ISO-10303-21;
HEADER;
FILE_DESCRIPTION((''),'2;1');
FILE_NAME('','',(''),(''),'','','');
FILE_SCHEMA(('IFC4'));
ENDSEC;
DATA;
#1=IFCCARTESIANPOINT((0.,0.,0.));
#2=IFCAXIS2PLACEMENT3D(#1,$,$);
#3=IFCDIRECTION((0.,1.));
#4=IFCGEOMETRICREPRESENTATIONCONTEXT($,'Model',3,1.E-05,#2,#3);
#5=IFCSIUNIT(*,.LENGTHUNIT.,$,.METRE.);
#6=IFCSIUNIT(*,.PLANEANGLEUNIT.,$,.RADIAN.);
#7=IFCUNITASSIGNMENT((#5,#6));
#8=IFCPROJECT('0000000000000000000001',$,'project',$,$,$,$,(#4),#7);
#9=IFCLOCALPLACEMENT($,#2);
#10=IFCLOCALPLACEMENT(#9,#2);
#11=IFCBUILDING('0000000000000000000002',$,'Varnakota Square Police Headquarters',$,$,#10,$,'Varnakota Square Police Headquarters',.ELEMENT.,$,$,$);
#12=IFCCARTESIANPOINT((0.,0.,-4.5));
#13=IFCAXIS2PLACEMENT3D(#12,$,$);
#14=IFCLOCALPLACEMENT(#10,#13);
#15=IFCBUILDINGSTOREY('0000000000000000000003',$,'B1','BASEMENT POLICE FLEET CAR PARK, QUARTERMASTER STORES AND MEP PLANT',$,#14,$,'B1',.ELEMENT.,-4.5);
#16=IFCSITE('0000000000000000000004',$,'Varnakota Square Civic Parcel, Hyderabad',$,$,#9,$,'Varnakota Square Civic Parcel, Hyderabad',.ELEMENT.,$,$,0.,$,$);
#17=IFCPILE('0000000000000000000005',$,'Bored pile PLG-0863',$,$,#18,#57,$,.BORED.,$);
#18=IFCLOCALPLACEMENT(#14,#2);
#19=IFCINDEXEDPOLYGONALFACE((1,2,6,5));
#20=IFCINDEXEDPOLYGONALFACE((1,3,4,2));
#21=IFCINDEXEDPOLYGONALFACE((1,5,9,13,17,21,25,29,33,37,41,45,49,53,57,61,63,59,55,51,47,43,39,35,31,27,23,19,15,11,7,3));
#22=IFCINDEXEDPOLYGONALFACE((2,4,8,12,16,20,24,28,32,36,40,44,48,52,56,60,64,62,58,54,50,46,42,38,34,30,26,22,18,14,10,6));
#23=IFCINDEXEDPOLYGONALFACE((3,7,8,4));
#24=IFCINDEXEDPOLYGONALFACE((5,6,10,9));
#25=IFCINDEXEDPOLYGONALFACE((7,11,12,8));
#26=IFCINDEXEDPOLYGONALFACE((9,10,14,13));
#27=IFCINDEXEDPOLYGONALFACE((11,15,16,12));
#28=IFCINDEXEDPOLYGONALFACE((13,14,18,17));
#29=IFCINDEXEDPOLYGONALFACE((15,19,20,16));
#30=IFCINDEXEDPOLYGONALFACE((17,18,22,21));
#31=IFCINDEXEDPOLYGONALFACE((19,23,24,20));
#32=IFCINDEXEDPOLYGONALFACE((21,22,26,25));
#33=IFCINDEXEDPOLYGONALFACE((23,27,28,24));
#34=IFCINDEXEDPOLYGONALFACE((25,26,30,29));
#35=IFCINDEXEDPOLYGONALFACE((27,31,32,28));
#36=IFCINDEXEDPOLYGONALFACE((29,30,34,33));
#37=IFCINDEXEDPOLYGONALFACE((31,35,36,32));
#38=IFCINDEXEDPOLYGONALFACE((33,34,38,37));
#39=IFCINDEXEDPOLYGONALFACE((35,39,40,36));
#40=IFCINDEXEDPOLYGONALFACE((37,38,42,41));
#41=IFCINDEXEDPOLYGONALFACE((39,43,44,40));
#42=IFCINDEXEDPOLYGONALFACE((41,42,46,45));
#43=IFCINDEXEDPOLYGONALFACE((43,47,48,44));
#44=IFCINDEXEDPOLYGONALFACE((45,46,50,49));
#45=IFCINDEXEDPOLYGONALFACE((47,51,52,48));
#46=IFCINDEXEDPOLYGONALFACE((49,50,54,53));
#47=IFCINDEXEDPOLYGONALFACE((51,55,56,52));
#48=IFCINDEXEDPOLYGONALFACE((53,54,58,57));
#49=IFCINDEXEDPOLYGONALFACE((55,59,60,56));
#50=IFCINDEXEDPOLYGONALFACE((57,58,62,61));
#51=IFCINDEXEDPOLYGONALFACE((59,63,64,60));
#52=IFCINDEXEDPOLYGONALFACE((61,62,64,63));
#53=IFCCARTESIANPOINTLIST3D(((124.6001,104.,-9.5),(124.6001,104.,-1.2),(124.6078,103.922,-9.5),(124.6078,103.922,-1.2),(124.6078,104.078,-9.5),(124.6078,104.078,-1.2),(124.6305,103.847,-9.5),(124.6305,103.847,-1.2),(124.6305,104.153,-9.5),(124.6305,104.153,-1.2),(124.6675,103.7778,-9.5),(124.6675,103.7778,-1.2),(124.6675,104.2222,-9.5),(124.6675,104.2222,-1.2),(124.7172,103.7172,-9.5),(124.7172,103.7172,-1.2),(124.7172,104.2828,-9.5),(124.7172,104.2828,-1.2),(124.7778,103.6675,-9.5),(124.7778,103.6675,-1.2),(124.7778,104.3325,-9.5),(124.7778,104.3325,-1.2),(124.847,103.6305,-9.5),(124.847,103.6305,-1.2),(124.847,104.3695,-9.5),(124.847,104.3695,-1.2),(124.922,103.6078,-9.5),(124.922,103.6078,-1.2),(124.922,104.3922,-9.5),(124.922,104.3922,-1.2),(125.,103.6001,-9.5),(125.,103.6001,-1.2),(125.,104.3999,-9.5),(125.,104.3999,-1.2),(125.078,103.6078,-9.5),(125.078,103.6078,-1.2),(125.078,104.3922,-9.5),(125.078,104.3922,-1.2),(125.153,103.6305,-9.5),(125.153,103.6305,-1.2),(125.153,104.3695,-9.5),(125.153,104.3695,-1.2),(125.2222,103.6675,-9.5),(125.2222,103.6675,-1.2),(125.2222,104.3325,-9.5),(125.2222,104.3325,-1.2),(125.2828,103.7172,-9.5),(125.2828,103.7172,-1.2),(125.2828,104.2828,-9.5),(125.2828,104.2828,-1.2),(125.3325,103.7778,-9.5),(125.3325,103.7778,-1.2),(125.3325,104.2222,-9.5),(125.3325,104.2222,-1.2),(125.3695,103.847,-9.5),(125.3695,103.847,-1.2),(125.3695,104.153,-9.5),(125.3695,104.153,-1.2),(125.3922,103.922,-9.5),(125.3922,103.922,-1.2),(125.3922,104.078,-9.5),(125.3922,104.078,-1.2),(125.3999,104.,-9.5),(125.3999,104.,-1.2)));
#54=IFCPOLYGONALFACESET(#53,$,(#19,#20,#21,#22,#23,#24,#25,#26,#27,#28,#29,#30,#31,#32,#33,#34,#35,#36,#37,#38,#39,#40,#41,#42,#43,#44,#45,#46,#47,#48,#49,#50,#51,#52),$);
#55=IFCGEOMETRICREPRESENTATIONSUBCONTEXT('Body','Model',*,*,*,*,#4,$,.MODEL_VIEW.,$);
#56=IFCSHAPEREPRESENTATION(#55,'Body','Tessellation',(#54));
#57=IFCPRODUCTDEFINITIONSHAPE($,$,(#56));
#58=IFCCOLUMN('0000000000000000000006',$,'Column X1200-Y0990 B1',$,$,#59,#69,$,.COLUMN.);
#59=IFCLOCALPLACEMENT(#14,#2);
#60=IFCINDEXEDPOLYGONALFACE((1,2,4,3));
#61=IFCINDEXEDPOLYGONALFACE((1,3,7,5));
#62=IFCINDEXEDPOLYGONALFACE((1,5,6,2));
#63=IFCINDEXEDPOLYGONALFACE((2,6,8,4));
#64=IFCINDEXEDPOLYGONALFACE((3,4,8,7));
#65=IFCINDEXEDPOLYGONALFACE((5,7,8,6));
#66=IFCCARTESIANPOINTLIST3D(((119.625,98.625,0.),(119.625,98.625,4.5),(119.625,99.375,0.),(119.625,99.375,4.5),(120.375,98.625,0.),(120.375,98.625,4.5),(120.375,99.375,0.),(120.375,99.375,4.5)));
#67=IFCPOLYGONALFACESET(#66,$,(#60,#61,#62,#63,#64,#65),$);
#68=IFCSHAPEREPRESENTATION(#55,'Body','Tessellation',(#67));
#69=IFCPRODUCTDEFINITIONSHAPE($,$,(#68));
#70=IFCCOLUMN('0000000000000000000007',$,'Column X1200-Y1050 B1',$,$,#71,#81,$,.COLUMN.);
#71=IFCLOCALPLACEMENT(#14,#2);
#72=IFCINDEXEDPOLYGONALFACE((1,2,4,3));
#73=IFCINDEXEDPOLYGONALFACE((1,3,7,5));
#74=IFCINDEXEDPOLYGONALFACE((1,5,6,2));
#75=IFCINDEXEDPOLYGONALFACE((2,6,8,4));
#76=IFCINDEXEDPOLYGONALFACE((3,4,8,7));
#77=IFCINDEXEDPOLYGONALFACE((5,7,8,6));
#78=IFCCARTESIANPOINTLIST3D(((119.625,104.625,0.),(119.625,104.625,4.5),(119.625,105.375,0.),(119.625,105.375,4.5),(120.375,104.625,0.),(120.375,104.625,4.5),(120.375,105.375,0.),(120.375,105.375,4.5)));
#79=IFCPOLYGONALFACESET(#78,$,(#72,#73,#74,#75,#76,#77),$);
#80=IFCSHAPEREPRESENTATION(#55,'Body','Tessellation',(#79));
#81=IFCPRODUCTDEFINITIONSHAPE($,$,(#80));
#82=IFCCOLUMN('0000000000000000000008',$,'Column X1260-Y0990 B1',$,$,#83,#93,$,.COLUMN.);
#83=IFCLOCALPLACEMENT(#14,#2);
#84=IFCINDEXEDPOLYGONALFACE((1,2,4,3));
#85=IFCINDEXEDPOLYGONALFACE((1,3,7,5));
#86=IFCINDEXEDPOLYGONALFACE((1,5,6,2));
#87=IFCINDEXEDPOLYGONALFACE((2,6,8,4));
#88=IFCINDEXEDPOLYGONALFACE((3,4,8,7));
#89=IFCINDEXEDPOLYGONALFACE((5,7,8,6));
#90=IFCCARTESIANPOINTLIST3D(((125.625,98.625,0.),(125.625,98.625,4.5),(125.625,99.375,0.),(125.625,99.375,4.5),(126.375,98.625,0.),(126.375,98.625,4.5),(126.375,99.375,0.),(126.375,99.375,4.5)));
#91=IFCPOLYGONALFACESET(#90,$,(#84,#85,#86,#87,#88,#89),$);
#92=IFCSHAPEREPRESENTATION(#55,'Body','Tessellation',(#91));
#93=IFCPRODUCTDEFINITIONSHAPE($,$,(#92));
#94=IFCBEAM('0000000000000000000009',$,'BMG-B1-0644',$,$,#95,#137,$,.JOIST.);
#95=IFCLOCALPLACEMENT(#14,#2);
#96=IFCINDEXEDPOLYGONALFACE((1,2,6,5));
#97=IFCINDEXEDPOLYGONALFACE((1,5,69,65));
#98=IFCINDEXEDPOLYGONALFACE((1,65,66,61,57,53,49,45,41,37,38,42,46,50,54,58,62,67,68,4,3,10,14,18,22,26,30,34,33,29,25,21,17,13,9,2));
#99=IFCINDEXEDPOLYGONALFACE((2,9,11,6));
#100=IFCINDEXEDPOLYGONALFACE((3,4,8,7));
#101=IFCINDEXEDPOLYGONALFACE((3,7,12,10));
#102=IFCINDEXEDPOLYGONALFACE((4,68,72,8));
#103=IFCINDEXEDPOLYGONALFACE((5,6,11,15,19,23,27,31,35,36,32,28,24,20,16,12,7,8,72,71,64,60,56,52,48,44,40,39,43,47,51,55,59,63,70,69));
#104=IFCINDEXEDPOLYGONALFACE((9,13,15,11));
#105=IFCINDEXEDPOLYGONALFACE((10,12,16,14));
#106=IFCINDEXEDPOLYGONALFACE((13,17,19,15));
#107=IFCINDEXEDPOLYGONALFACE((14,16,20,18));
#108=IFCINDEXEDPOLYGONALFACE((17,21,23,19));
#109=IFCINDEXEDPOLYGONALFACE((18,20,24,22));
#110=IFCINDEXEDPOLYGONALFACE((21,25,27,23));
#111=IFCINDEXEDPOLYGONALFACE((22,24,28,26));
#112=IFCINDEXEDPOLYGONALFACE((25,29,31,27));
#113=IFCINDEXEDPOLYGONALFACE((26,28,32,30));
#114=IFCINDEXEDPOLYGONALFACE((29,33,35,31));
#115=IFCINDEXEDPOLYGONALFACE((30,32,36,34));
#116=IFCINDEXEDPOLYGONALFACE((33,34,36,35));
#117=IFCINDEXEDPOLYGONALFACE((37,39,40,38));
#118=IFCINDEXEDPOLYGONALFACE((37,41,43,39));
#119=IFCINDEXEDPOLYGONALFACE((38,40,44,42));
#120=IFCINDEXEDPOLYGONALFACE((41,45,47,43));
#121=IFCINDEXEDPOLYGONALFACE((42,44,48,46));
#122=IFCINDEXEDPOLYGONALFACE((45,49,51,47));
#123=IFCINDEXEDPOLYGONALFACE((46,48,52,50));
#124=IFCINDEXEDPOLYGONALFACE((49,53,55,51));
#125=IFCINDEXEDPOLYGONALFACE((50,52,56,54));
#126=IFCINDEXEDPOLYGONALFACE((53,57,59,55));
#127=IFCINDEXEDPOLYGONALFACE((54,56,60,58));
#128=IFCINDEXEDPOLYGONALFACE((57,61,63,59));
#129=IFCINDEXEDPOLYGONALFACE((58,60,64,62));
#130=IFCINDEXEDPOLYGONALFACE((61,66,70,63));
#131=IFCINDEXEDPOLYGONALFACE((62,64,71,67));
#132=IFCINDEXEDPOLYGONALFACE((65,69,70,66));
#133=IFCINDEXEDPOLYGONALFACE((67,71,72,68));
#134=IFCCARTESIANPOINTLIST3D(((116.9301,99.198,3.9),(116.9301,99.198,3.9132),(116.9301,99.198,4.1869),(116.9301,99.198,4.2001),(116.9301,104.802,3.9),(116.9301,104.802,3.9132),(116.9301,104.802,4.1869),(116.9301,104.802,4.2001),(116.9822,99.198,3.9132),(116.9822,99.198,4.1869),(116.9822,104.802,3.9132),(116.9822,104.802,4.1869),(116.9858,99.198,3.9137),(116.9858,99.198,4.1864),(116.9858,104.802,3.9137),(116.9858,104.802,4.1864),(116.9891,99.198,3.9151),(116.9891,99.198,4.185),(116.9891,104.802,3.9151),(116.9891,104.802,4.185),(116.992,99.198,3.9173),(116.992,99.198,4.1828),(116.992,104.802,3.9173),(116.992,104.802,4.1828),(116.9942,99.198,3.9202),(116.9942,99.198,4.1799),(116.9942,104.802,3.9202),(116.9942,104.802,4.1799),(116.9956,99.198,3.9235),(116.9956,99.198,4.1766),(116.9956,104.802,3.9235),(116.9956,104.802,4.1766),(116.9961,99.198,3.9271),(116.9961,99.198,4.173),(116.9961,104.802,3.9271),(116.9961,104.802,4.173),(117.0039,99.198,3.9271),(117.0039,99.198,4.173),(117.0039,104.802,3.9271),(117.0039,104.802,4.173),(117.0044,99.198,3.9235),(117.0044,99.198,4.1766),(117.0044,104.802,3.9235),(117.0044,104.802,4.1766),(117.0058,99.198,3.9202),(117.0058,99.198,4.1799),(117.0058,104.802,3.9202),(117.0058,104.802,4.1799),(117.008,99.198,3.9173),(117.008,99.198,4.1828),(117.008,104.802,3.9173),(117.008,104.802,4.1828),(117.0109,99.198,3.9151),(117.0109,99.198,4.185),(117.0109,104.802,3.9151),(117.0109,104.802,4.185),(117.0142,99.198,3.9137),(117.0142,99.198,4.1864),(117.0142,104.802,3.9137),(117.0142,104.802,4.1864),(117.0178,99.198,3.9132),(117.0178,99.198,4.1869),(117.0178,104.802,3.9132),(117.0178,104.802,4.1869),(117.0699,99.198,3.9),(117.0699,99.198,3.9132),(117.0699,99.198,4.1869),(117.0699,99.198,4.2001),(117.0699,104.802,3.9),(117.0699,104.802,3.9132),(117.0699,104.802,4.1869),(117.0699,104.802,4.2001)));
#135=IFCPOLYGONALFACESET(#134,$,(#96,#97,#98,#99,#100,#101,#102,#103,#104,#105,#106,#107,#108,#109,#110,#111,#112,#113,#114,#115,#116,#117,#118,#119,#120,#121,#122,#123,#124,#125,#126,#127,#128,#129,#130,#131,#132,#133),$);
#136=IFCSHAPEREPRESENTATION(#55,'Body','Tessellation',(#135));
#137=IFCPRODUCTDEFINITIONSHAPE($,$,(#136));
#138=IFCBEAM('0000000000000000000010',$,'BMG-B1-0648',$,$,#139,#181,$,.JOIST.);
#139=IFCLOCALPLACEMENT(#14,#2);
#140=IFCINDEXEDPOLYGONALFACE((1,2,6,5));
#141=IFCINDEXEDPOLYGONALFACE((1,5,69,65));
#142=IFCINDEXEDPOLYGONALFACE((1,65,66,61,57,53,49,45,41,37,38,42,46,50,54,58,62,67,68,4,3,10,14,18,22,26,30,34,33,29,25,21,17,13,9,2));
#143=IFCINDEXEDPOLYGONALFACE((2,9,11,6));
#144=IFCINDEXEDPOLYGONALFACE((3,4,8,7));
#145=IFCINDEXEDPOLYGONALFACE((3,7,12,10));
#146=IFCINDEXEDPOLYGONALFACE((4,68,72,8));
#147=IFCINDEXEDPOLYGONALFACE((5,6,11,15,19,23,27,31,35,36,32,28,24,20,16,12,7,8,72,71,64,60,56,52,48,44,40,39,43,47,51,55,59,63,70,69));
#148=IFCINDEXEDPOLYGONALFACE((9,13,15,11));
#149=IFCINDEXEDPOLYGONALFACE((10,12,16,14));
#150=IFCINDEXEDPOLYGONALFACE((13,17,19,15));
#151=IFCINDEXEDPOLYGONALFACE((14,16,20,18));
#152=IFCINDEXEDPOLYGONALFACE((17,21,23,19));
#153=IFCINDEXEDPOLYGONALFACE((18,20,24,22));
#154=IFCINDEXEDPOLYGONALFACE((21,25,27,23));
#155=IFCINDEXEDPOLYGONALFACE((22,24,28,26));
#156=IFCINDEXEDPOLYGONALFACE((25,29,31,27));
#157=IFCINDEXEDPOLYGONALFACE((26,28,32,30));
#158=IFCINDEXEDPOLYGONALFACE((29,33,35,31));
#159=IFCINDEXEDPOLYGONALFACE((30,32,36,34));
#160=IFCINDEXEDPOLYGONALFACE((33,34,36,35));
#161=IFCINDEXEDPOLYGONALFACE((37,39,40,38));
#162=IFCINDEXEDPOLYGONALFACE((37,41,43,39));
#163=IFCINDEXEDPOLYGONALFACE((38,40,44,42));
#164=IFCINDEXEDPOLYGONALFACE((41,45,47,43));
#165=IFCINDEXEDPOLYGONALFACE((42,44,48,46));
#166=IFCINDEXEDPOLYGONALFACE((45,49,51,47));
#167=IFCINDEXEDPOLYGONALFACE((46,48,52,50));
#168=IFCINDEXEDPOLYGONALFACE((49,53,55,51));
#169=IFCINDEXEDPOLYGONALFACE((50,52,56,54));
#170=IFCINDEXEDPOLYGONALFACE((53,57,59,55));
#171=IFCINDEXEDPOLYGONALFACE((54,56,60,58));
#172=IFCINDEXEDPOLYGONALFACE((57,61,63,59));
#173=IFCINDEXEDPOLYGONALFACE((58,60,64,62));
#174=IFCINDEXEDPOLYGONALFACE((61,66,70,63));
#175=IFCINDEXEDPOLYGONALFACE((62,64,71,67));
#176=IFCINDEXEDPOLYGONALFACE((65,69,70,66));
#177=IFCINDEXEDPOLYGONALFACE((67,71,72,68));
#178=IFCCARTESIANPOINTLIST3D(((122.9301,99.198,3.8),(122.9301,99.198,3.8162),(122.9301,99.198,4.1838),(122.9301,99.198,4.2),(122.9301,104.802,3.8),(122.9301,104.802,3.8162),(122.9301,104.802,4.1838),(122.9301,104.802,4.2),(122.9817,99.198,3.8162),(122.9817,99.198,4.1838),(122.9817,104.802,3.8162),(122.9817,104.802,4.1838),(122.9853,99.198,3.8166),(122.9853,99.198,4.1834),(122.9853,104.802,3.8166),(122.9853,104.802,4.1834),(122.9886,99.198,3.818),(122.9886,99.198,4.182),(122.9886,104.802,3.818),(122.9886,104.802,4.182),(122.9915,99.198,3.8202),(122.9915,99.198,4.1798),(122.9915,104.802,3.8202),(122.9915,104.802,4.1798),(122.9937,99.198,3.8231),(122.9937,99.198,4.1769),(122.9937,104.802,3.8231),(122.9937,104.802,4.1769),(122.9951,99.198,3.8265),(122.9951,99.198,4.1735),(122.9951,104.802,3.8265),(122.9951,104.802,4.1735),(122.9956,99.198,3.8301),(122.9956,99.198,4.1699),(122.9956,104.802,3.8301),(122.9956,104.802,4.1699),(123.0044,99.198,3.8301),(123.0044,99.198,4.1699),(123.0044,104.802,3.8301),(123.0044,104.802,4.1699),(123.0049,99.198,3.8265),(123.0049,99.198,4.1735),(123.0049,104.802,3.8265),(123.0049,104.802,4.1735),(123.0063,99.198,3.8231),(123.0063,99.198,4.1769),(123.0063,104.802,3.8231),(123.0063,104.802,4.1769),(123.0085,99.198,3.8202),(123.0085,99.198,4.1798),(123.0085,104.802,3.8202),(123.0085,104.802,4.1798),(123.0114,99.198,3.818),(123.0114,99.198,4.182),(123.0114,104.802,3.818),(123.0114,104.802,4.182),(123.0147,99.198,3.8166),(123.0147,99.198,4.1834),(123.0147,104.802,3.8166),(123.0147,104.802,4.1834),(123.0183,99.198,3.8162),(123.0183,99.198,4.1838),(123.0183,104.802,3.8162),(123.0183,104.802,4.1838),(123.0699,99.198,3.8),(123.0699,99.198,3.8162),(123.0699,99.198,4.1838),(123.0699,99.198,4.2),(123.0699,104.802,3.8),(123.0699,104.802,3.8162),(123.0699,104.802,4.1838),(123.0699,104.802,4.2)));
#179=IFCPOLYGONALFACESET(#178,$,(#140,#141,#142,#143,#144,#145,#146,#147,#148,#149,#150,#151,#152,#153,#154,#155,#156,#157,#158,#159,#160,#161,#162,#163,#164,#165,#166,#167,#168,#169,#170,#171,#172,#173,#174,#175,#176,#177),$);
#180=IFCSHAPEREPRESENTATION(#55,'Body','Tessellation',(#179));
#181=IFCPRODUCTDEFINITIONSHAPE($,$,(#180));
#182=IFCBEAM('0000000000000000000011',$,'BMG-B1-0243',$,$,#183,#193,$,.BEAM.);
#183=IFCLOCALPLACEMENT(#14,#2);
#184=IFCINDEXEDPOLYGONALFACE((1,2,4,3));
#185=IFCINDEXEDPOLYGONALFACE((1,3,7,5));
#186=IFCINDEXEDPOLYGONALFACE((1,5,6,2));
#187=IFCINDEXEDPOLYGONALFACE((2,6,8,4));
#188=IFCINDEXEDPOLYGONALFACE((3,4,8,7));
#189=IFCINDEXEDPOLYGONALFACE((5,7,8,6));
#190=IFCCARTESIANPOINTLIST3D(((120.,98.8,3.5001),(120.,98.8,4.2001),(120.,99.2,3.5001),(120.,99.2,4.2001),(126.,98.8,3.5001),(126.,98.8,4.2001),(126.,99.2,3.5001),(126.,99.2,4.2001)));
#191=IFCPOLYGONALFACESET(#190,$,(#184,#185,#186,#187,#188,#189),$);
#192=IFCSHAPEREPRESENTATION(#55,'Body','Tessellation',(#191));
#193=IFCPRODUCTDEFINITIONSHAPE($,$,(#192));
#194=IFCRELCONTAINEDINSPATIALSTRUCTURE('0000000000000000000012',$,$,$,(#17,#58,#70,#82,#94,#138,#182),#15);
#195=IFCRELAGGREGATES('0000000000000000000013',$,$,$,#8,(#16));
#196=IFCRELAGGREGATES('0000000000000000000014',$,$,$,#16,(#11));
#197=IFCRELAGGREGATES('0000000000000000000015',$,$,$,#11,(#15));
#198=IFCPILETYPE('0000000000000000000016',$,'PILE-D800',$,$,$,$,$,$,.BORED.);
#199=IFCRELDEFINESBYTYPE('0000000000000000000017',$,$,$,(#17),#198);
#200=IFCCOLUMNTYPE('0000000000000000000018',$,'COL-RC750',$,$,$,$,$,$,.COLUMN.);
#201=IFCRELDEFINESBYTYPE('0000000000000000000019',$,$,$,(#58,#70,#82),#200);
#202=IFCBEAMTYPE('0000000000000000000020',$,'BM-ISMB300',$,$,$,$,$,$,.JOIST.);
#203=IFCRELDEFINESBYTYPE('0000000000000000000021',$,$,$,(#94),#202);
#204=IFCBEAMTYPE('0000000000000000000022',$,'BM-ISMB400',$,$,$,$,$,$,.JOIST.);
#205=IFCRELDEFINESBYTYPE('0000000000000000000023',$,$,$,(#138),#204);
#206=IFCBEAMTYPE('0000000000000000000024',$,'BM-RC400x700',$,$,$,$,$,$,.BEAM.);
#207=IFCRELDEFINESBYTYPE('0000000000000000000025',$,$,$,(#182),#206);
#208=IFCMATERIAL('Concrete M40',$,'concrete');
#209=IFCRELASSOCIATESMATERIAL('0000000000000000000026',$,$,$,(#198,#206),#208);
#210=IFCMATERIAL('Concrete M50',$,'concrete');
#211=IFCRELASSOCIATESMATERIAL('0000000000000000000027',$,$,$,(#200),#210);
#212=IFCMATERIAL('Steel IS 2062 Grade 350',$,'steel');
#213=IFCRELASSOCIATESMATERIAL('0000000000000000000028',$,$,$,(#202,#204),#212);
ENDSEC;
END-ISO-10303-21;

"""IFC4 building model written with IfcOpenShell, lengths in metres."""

from ifc_helpers import new_model, si_unit, direction, frame, origin, origin_2d, place, context, subcontext, project, spatial, rectangle, circle, i_section, extrude, material, material_profile, profile_set, type_object, element, save


model = new_model("IFC4")

# Units and contexts
model_context = context("Model", 3, precision=1e-05, world=origin(), true_north=direction((0.0, 1.0)))
body_context = subcontext(model_context, "Body", "Model", "MODEL_VIEW")
ifc_project = project(units=[si_unit("LENGTHUNIT", "METRE"), si_unit("PLANEANGLEUNIT", "RADIAN")], contexts=[model_context])

# Site, building, storey
site_placement = place(None, origin())
site = spatial("IfcSite", under=ifc_project, at=site_placement, Name="Varnakota Square Civic Parcel, Hyderabad", LongName="Varnakota Square Civic Parcel, Hyderabad", CompositionType="ELEMENT", RefElevation=0.0)
building_placement = place(site_placement, origin())
building = spatial("IfcBuilding", under=site, at=building_placement, Name="Varnakota Square Police Headquarters", LongName="Varnakota Square Police Headquarters", CompositionType="ELEMENT")
storey_placement = place(building_placement, frame((0.0, 0.0, -4.5)))
storey = spatial("IfcBuildingStorey", under=building, at=storey_placement, Name="B1", Description="BASEMENT POLICE FLEET CAR PARK, QUARTERMASTER STORES AND MEP PLANT", LongName="B1", CompositionType="ELEMENT", Elevation=-4.5)

# Shared definitions
ifc_material_1 = material(Name="Concrete M40", Category="concrete")

# Pile
ifc_material_profile_1 = material_profile(ifc_material_1, circle(Radius=0.3999, at=origin_2d()), Name="BORED PILE 800")
ifc_profile_set_1 = profile_set([ifc_material_profile_1], Name="Concrete M40")
pile_type = type_object("IfcPileType", Name="PILE-D800", PredefinedType="BORED", material=ifc_profile_set_1)
for number, where, z_axis, x_axis, name in (
    (1, (125.0, 104.0, -1.2), (0.0, 0.0, -1.0), (1.0, 0.0, 0.0), "Bored pile PLG-0863"),
):
    element("IfcPile", number, at=place(storey_placement, frame(where, z_axis=z_axis, x_axis=x_axis)), inside=storey, type_object=pile_type, Name=name, PredefinedType="BORED", context=body_context, shape_type="SweptSolid", body=[
        extrude(circle(Radius=0.3999, at=origin_2d()), origin(), (0.0, 0.0, 1.0), 8.3),
    ])

# Columns
ifc_material_2 = material(Name="Concrete M50", Category="concrete")
ifc_material_profile_2 = material_profile(ifc_material_2, rectangle(XDim=0.75, YDim=0.75, at=origin_2d()), Name="RC 750x750")
ifc_profile_set_2 = profile_set([ifc_material_profile_2], Name="Concrete M50")
column_type = type_object("IfcColumnType", Name="COL-RC750", PredefinedType="COLUMN", material=ifc_profile_set_2)
for number, where, z_axis, x_axis, name in (
    (2, (120.0, 99.0, 0.0), (0.0, 0.0, 1.0), (1.0, 0.0, 0.0), "Column X1200-Y0990 B1"),
    (3, (120.0, 105.0, 0.0), (0.0, 0.0, 1.0), (1.0, 0.0, 0.0), "Column X1200-Y1050 B1"),
    (4, (126.0, 99.0, 0.0), (0.0, 0.0, 1.0), (1.0, 0.0, 0.0), "Column X1260-Y0990 B1"),
):
    element("IfcColumn", number, at=place(storey_placement, frame(where, z_axis=z_axis, x_axis=x_axis)), inside=storey, type_object=column_type, Name=name, PredefinedType="COLUMN", context=body_context, shape_type="SweptSolid", body=[
        extrude(rectangle(XDim=0.75, YDim=0.75, at=origin_2d()), origin(), (0.0, 0.0, 1.0), 4.5),
    ])

# Beams
ifc_material_3 = material(Name="Steel IS 2062 Grade 350", Category="steel")
ifc_material_profile_3 = material_profile(ifc_material_3, i_section(OverallWidth=0.1399, OverallDepth=0.3, WebThickness=0.0078, FlangeThickness=0.0132, FilletRadius=0.0139, at=origin_2d()), Name="ISMB 300")
ifc_profile_set_3 = profile_set([ifc_material_profile_3], Name="Steel IS 2062 Grade 350")
beam_type_1 = type_object("IfcBeamType", Name="BM-ISMB300", PredefinedType="JOIST", material=ifc_profile_set_3)
beam_1_placement = place(storey_placement, frame((117.0, 99.198, 4.05), z_axis=(0.0, 1.0, 0.0), x_axis=(-1.0, 0.0, 0.0)))
element("IfcBeam", 5, at=beam_1_placement, inside=storey, type_object=beam_type_1, Name="BMG-B1-0644", PredefinedType="JOIST", context=body_context, shape_type="SweptSolid", body=[
    extrude(i_section(OverallWidth=0.1399, OverallDepth=0.3, WebThickness=0.0078, FlangeThickness=0.0132, FilletRadius=0.0139, at=origin_2d()), origin(), (0.0, 0.0, 1.0), 5.604),
])
ifc_material_profile_4 = material_profile(ifc_material_3, i_section(OverallWidth=0.1399, OverallDepth=0.3999, WebThickness=0.0088, FlangeThickness=0.0161, FilletRadius=0.0139, at=origin_2d()), Name="ISMB 400")
ifc_profile_set_4 = profile_set([ifc_material_profile_4], Name="Steel IS 2062 Grade 350")
beam_type_2 = type_object("IfcBeamType", Name="BM-ISMB400", PredefinedType="JOIST", material=ifc_profile_set_4)
beam_2_placement = place(storey_placement, frame((123.0, 99.198, 4.0), z_axis=(0.0, 1.0, 0.0), x_axis=(-1.0, 0.0, 0.0)))
element("IfcBeam", 6, at=beam_2_placement, inside=storey, type_object=beam_type_2, Name="BMG-B1-0648", PredefinedType="JOIST", context=body_context, shape_type="SweptSolid", body=[
    extrude(i_section(OverallWidth=0.1399, OverallDepth=0.3999, WebThickness=0.0088, FlangeThickness=0.0161, FilletRadius=0.0139, at=origin_2d()), origin(), (0.0, 0.0, 1.0), 5.604),
])
ifc_material_profile_5 = material_profile(ifc_material_1, rectangle(XDim=0.3999, YDim=0.7, at=origin_2d()), Name="RC 400x700")
ifc_profile_set_5 = profile_set([ifc_material_profile_5], Name="Concrete M40")
beam_type_3 = type_object("IfcBeamType", Name="BM-RC400x700", PredefinedType="BEAM", material=ifc_profile_set_5)
for number, where, z_axis, x_axis, name in (
    (7, (120.0, 99.0, 3.8501), (1.0, 0.0, 0.0), (0.0, 1.0, 0.0), "BMG-B1-0243"),
):
    element("IfcBeam", number, at=place(storey_placement, frame(where, z_axis=z_axis, x_axis=x_axis)), inside=storey, type_object=beam_type_3, Name=name, PredefinedType="BEAM", context=body_context, shape_type="SweptSolid", body=[
        extrude(rectangle(XDim=0.3999, YDim=0.7, at=origin_2d()), origin(), (0.0, 0.0, 1.0), 6.0),
    ])

save(model, "model.ifc")
